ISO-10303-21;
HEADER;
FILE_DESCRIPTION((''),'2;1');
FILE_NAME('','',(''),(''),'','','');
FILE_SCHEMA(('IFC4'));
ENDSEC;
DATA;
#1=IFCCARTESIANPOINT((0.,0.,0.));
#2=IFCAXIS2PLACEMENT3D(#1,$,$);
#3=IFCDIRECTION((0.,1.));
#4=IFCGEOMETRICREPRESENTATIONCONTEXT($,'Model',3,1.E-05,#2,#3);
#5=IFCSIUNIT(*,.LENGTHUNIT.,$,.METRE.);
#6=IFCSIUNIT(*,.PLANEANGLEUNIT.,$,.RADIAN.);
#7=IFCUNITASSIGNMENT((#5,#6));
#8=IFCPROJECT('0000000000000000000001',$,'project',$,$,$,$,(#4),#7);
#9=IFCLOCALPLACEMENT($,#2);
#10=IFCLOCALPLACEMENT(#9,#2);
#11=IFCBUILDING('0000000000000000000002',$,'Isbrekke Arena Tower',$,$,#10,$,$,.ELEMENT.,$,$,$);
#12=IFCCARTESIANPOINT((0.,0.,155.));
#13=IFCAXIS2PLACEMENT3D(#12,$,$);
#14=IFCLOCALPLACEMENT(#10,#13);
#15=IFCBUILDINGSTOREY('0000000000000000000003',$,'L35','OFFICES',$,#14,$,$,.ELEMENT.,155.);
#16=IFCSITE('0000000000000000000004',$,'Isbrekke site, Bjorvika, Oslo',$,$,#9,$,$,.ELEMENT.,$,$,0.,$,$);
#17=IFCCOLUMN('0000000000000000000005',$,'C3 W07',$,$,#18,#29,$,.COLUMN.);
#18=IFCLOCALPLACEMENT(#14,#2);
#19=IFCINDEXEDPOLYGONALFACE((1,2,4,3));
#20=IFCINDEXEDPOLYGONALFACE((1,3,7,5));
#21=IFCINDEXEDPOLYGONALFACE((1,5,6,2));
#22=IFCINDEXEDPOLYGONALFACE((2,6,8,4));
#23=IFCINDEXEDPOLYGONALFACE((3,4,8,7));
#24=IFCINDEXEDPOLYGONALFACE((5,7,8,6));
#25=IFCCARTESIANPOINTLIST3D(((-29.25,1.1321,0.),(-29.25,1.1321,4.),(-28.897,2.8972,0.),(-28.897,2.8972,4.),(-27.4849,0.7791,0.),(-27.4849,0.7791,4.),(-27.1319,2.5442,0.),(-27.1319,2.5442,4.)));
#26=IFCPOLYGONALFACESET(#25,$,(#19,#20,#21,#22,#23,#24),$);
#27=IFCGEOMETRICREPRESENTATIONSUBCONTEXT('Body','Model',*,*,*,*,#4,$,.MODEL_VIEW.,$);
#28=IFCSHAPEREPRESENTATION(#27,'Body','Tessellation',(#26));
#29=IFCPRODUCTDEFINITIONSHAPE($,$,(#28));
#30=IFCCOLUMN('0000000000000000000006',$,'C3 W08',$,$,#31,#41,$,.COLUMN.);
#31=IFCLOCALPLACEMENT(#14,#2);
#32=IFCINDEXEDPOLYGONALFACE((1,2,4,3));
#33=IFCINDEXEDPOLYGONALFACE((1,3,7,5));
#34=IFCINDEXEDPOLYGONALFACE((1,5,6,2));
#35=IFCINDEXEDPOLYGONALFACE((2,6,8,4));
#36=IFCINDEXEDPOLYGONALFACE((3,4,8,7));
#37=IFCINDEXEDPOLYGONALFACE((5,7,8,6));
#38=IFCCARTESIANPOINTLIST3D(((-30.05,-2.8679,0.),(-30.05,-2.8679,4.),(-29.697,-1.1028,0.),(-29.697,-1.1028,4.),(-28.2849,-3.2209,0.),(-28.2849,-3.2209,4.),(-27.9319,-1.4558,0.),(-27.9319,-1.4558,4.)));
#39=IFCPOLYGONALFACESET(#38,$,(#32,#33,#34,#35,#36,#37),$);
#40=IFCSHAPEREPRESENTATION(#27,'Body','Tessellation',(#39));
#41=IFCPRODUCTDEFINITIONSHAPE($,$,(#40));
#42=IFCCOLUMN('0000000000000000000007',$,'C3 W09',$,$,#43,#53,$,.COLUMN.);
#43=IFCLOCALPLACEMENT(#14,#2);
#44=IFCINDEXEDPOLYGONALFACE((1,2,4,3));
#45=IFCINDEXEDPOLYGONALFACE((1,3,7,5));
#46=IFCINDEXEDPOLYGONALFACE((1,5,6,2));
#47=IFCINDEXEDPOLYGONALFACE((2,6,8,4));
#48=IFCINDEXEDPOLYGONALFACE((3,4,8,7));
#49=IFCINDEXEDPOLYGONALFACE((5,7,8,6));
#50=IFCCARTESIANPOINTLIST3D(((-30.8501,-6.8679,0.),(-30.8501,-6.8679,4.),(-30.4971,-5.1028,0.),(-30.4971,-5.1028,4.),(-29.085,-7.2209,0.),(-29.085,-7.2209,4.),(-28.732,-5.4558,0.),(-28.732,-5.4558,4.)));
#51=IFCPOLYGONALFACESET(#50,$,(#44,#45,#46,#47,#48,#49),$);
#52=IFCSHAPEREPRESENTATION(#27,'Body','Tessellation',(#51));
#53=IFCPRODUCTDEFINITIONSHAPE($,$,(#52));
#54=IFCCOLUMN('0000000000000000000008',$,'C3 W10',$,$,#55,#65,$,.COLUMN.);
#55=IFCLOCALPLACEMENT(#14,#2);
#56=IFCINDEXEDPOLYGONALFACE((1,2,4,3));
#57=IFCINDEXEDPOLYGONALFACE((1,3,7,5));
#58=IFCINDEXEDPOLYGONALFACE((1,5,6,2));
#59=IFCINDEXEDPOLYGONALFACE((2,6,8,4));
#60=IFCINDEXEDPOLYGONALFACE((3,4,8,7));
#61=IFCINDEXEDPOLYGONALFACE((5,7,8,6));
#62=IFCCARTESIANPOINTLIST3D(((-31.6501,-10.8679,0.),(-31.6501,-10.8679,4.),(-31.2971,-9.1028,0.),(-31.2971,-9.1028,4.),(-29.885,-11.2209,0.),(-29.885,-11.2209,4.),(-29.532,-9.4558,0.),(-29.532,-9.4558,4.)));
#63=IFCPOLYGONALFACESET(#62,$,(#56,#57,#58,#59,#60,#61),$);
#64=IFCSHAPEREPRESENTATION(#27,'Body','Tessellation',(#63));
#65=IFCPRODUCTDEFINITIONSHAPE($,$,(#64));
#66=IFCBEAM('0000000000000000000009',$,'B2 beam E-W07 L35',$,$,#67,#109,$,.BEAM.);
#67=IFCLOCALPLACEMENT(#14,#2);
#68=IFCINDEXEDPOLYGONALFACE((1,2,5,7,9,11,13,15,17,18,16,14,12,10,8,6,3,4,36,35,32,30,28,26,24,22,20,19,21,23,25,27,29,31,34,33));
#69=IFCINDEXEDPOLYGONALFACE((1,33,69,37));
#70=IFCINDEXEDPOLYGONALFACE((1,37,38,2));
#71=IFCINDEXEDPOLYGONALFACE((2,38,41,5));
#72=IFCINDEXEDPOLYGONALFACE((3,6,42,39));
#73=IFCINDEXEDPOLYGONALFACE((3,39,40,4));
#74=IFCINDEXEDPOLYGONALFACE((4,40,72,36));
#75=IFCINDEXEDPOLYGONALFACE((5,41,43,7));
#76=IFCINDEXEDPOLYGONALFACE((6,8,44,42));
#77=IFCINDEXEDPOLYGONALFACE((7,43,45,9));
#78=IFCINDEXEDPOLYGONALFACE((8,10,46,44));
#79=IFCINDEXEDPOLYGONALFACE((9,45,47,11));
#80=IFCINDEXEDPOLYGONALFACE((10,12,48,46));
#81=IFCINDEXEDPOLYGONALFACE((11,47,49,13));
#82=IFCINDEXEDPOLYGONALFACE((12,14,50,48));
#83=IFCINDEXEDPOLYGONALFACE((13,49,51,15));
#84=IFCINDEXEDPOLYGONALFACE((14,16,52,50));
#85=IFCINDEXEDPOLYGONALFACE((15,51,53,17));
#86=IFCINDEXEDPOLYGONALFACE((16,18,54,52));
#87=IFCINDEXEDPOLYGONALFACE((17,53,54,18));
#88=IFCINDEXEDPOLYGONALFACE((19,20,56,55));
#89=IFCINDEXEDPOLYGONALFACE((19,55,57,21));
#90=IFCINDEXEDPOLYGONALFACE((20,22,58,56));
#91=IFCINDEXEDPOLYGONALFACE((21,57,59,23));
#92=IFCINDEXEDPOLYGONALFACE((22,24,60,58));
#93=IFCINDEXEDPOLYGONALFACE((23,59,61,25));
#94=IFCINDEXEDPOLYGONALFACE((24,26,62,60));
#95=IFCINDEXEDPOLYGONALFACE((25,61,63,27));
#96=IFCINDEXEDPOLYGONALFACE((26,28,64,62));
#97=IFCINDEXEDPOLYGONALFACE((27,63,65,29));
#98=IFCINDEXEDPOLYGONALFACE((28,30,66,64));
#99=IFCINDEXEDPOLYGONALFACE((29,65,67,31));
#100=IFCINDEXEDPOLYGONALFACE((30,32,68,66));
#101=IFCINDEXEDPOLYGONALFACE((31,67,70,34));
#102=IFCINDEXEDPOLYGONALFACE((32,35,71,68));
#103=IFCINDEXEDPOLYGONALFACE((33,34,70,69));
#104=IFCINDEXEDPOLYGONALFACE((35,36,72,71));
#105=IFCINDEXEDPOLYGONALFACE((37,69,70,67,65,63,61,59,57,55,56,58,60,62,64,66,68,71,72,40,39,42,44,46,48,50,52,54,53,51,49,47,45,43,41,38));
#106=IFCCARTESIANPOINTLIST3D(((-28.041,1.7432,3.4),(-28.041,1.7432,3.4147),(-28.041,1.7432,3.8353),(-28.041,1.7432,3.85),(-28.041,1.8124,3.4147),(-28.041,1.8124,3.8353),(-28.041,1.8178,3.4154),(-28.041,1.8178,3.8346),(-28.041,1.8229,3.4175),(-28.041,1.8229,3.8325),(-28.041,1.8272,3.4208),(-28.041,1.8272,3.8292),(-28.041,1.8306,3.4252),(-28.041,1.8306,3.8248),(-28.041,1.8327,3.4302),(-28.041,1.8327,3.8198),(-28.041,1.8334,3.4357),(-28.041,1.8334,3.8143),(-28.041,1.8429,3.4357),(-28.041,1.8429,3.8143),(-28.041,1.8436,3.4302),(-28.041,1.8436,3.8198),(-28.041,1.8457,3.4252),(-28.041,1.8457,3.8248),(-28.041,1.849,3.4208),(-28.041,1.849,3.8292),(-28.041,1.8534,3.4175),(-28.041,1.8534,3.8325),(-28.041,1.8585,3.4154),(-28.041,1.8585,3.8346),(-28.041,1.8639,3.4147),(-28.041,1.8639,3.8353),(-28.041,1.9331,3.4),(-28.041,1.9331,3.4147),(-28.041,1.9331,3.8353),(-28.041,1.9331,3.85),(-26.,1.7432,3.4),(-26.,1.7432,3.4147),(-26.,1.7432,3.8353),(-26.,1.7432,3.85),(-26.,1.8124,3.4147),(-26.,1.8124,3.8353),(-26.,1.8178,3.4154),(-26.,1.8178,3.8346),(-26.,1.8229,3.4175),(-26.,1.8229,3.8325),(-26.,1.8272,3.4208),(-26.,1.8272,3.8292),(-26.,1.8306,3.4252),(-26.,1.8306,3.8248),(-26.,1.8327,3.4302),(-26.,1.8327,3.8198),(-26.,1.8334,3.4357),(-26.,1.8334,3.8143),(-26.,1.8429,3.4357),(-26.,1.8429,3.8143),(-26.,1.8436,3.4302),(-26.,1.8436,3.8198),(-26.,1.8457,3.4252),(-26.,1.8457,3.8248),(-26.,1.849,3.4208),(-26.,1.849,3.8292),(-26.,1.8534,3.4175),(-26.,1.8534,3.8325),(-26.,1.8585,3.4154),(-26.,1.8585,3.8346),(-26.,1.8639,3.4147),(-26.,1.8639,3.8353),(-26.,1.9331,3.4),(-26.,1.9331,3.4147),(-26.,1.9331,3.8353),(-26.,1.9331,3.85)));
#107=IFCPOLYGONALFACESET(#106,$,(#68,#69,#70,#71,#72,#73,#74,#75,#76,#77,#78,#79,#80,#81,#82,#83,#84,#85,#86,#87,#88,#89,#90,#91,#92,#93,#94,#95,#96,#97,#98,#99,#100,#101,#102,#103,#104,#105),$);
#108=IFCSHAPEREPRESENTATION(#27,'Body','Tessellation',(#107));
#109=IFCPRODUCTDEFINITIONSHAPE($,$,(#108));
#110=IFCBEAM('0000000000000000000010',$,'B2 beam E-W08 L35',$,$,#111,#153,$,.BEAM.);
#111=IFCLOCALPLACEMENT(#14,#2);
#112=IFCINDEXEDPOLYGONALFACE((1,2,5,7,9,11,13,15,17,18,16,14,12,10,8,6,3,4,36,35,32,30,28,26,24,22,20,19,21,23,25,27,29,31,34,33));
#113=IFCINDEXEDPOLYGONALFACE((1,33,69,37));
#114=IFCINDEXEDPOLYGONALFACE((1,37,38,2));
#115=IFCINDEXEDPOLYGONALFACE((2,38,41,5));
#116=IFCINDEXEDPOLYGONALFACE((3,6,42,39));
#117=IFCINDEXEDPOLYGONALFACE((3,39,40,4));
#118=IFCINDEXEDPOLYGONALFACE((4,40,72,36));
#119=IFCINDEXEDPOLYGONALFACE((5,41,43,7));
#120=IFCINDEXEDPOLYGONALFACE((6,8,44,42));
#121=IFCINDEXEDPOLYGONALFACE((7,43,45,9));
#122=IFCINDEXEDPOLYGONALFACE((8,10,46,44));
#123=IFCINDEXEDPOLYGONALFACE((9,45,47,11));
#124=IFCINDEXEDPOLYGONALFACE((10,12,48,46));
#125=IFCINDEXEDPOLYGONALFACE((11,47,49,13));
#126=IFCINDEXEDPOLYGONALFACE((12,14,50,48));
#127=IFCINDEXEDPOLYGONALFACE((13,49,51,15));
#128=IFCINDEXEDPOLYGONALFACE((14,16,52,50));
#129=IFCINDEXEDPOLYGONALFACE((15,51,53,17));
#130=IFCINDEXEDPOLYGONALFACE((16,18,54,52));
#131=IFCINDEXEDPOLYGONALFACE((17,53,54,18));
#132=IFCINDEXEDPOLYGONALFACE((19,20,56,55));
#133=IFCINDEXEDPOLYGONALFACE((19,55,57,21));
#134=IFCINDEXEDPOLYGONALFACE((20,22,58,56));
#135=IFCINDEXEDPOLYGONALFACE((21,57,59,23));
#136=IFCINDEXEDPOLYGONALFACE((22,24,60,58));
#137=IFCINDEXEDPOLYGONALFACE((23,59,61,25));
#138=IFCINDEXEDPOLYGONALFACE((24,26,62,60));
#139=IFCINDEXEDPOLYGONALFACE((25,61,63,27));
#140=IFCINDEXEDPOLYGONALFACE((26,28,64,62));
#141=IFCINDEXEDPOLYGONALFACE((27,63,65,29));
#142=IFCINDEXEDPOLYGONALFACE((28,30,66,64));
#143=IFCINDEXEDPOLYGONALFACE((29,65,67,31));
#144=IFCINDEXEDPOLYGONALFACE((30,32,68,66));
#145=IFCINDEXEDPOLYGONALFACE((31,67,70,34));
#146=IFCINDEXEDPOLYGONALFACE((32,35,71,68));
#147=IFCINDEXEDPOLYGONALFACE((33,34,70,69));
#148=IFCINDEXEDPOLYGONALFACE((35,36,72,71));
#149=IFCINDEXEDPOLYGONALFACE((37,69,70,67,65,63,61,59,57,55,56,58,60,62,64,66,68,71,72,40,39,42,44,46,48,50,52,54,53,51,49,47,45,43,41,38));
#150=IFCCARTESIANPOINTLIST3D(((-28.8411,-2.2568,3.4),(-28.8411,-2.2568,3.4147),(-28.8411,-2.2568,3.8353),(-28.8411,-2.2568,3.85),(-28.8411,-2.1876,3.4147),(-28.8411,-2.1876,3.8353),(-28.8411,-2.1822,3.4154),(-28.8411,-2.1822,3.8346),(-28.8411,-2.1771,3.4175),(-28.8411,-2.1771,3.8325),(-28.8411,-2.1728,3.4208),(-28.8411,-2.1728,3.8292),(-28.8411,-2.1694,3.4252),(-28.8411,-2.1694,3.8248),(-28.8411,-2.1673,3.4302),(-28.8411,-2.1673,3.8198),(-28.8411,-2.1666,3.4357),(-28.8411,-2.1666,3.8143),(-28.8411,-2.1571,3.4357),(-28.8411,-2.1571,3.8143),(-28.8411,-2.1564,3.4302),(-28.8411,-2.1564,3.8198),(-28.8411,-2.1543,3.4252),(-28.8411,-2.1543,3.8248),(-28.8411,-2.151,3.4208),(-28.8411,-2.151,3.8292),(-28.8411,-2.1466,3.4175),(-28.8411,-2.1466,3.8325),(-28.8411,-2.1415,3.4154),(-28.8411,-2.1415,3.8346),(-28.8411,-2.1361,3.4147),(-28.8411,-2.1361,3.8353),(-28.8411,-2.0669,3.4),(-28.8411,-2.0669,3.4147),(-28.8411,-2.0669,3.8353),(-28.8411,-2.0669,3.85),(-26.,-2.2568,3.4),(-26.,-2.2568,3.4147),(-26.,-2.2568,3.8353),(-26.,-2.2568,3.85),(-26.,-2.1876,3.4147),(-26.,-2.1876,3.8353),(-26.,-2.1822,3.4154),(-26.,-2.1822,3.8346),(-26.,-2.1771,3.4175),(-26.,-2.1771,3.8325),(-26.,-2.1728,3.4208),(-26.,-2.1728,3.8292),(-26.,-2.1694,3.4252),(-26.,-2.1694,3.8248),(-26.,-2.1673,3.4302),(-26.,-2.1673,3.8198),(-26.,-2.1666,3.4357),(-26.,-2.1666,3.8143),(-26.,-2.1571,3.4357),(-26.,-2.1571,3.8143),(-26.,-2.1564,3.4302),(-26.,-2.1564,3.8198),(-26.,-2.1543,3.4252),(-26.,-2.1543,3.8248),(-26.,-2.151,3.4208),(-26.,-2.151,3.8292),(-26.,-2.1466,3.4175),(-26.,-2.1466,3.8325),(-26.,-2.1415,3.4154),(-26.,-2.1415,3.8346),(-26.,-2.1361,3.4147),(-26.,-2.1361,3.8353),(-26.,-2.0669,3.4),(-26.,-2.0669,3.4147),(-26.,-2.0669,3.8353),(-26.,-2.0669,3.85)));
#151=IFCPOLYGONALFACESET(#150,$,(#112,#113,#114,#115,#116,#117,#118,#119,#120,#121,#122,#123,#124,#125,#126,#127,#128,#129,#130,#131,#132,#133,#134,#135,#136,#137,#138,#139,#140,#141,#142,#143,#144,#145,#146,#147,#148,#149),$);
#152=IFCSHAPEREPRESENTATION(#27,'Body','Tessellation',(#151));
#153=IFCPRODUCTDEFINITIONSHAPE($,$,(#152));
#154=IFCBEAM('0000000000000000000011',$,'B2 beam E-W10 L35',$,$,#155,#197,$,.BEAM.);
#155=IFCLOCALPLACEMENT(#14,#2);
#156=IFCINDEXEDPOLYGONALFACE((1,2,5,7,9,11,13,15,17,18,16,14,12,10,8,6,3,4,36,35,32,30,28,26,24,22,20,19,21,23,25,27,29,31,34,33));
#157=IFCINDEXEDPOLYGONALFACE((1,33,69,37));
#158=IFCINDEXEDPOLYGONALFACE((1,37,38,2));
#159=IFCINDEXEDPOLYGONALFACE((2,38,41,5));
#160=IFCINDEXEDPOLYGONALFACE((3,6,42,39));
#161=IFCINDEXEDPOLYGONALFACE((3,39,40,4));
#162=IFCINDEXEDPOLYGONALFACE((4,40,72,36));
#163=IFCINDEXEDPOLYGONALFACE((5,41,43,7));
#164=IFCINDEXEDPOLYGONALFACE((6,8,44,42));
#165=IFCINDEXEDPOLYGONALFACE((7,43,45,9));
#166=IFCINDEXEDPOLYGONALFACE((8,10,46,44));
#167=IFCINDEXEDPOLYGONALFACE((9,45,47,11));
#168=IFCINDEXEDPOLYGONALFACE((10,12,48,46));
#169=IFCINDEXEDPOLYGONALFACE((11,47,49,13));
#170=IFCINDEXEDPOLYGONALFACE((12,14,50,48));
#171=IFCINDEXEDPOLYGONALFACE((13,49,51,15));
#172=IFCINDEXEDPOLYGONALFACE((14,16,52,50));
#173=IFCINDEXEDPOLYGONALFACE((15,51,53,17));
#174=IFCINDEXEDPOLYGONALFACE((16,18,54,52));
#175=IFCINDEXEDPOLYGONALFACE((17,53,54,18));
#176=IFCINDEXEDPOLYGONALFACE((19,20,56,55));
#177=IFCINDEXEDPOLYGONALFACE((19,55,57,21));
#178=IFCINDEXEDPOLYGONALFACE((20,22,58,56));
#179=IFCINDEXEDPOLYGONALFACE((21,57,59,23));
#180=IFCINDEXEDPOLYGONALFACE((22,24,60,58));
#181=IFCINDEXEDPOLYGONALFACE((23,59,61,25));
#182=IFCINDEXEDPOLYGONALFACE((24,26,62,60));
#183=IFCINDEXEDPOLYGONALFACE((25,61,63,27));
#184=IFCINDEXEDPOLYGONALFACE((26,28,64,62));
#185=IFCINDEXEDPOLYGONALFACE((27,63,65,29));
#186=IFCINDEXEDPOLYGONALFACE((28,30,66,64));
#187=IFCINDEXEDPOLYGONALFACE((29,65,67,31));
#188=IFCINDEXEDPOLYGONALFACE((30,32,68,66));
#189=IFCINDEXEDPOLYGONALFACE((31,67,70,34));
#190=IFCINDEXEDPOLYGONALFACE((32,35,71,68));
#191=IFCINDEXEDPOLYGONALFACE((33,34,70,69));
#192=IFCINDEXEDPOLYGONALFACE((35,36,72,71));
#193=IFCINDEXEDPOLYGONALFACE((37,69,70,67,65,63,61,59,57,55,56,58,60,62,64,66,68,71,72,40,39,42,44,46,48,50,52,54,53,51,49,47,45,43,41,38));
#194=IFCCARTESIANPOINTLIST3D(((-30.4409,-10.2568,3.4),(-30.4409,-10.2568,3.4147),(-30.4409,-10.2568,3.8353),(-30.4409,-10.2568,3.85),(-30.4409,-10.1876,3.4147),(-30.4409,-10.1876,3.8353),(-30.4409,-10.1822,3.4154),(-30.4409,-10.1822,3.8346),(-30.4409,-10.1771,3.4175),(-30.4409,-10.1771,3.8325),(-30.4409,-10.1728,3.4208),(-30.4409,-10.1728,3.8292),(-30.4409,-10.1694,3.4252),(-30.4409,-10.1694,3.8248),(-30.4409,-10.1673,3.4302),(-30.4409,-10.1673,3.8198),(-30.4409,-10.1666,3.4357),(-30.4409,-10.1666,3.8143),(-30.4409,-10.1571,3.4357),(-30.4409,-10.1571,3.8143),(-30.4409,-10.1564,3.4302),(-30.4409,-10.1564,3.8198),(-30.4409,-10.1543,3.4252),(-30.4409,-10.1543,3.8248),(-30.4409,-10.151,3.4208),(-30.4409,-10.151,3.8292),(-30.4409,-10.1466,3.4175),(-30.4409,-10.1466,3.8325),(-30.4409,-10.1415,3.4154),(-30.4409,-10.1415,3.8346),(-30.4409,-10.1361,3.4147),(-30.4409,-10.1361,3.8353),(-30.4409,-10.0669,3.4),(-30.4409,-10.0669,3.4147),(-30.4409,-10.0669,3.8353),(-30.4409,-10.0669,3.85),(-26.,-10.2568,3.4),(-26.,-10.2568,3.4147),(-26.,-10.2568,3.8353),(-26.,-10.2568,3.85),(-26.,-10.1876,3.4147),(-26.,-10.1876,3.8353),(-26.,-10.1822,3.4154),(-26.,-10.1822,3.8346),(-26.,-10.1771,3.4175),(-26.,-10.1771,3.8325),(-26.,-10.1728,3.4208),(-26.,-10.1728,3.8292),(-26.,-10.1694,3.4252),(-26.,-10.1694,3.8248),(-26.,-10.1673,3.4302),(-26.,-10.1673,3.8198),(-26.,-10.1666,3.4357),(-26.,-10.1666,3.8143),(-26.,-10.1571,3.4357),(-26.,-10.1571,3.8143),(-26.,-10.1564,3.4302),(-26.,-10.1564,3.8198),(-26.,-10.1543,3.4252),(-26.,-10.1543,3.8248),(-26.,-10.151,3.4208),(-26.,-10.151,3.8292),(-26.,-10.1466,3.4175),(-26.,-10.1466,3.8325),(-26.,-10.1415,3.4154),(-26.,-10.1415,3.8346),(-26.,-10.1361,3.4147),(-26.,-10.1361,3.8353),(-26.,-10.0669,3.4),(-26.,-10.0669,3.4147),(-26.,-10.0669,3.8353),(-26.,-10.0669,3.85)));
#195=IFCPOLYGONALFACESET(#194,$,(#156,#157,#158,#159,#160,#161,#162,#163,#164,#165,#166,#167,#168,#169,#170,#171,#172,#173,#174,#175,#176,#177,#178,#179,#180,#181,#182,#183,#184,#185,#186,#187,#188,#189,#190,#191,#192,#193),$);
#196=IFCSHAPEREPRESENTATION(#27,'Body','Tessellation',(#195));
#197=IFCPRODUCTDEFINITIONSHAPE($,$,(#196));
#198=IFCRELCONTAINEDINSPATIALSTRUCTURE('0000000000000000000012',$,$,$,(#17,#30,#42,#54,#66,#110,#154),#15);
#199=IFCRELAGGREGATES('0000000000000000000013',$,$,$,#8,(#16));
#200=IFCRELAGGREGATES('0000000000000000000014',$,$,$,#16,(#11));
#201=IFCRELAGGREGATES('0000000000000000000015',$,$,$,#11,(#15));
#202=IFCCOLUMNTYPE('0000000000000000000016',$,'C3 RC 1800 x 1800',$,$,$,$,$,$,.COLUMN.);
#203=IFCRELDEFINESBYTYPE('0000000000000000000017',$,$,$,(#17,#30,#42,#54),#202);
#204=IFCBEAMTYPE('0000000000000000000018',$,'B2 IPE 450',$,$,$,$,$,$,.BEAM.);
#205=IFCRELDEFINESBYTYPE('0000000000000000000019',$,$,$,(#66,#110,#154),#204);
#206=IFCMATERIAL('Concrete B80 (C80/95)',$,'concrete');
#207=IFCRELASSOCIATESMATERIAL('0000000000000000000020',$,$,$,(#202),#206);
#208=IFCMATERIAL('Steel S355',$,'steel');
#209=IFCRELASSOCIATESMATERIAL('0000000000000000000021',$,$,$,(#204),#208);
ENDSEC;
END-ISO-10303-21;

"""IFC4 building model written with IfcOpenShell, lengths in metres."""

from ifc_helpers import new_model, si_unit, direction, frame, origin, origin_2d, place, context, subcontext, project, spatial, rectangle, i_section, extrude, material, material_profile, profile_set, type_object, element, save


model = new_model("IFC4")

# Units and contexts
model_context = context("Model", 3, precision=1e-05, world=origin(), true_north=direction((0.0, 1.0)))
body_context = subcontext(model_context, "Body", "Model", "MODEL_VIEW")
ifc_project = project(units=[si_unit("LENGTHUNIT", "METRE"), si_unit("PLANEANGLEUNIT", "RADIAN")], contexts=[model_context])

# Site, building, storey
site_placement = place(None, origin())
site = spatial("IfcSite", under=ifc_project, at=site_placement, Name="Isbrekke site, Bjorvika, Oslo", CompositionType="ELEMENT", RefElevation=0.0)
building_placement = place(site_placement, origin())
building = spatial("IfcBuilding", under=site, at=building_placement, Name="Isbrekke Arena Tower", CompositionType="ELEMENT")
storey_placement = place(building_placement, frame((0.0, 0.0, 155.0)))
storey = spatial("IfcBuildingStorey", under=building, at=storey_placement, Name="L35", Description="OFFICES", CompositionType="ELEMENT", Elevation=155.0)

# Columns
ifc_material_1 = material(Name="Concrete B80 (C80/95)", Category="concrete")
ifc_material_profile_1 = material_profile(ifc_material_1, rectangle(XDim=1.8, YDim=1.8, at=origin_2d()), Name="RC 1800x1800")
ifc_profile_set_1 = profile_set([ifc_material_profile_1], Name="Concrete B80 (C80/95)")
column_type = type_object("IfcColumnType", Name="C3 RC 1800 x 1800", PredefinedType="COLUMN", material=ifc_profile_set_1)
for number, where, z_axis, x_axis, name in (
    (1, (-28.1909, 1.8381, 0.0), (0.0, 0.0, 1.0), (-0.196116, -0.980581, 0.0), "C3 W07"),
    (2, (-28.991, -2.1619, 0.0), (0.0, 0.0, 1.0), (-0.196116, -0.980581, 0.0), "C3 W08"),
    (3, (-29.791, -6.1619, 0.0), (0.0, 0.0, 1.0), (-0.196116, -0.980581, 0.0), "C3 W09"),
    (4, (-30.5911, -10.1619, 0.0), (0.0, 0.0, 1.0), (-0.196116, -0.980581, 0.0), "C3 W10"),
):
    element("IfcColumn", number, at=place(storey_placement, frame(where, z_axis=z_axis, x_axis=x_axis)), inside=storey, type_object=column_type, Name=name, PredefinedType="COLUMN", context=body_context, shape_type="SweptSolid", body=[
        extrude(rectangle(XDim=1.8, YDim=1.8, at=origin_2d()), origin(), (0.0, 0.0, 1.0), 4.0),
    ])

# Beams
ifc_material_2 = material(Name="Steel S355", Category="steel")
ifc_material_profile_2 = material_profile(ifc_material_2, i_section(OverallWidth=0.1899, OverallDepth=0.45, WebThickness=0.0095, FlangeThickness=0.0146, FilletRadius=0.021, at=origin_2d()), Name="IPE 450")
ifc_profile_set_2 = profile_set([ifc_material_profile_2], Name="Steel S355")
beam_type_1 = type_object("IfcBeamType", Name="B2 IPE 450", PredefinedType="BEAM", material=ifc_profile_set_2)
beam_1_placement = place(storey_placement, frame((-28.041, 1.8381, 3.625), z_axis=(1.0, 0.0, 0.0), x_axis=(0.0, 1.0, 0.0)))
element("IfcBeam", 5, at=beam_1_placement, inside=storey, type_object=beam_type_1, Name="B2 beam E-W07 L35", PredefinedType="BEAM", context=body_context, shape_type="SweptSolid", body=[
    extrude(i_section(OverallWidth=0.1899, OverallDepth=0.45, WebThickness=0.0095, FlangeThickness=0.0146, FilletRadius=0.021, at=origin_2d()), origin(), (0.0, 0.0, 1.0), 2.041),
])
beam_2_placement = place(storey_placement, frame((-28.8411, -2.1619, 3.625), z_axis=(1.0, 0.0, 0.0), x_axis=(0.0, 1.0, 0.0)))
element("IfcBeam", 6, at=beam_2_placement, inside=storey, type_object=beam_type_1, Name="B2 beam E-W08 L35", PredefinedType="BEAM", context=body_context, shape_type="SweptSolid", body=[
    extrude(i_section(OverallWidth=0.1899, OverallDepth=0.45, WebThickness=0.0095, FlangeThickness=0.0146, FilletRadius=0.021, at=origin_2d()), origin(), (0.0, 0.0, 1.0), 2.8411),
])
beam_3_placement = place(storey_placement, frame((-30.4409, -10.1619, 3.625), z_axis=(1.0, 0.0, 0.0), x_axis=(0.0, 1.0, 0.0)))
element("IfcBeam", 7, at=beam_3_placement, inside=storey, type_object=beam_type_1, Name="B2 beam E-W10 L35", PredefinedType="BEAM", context=body_context, shape_type="SweptSolid", body=[
    extrude(i_section(OverallWidth=0.1899, OverallDepth=0.45, WebThickness=0.0095, FlangeThickness=0.0146, FilletRadius=0.021, at=origin_2d()), origin(), (0.0, 0.0, 1.0), 4.4409),
])

save(model, "model.ifc")
